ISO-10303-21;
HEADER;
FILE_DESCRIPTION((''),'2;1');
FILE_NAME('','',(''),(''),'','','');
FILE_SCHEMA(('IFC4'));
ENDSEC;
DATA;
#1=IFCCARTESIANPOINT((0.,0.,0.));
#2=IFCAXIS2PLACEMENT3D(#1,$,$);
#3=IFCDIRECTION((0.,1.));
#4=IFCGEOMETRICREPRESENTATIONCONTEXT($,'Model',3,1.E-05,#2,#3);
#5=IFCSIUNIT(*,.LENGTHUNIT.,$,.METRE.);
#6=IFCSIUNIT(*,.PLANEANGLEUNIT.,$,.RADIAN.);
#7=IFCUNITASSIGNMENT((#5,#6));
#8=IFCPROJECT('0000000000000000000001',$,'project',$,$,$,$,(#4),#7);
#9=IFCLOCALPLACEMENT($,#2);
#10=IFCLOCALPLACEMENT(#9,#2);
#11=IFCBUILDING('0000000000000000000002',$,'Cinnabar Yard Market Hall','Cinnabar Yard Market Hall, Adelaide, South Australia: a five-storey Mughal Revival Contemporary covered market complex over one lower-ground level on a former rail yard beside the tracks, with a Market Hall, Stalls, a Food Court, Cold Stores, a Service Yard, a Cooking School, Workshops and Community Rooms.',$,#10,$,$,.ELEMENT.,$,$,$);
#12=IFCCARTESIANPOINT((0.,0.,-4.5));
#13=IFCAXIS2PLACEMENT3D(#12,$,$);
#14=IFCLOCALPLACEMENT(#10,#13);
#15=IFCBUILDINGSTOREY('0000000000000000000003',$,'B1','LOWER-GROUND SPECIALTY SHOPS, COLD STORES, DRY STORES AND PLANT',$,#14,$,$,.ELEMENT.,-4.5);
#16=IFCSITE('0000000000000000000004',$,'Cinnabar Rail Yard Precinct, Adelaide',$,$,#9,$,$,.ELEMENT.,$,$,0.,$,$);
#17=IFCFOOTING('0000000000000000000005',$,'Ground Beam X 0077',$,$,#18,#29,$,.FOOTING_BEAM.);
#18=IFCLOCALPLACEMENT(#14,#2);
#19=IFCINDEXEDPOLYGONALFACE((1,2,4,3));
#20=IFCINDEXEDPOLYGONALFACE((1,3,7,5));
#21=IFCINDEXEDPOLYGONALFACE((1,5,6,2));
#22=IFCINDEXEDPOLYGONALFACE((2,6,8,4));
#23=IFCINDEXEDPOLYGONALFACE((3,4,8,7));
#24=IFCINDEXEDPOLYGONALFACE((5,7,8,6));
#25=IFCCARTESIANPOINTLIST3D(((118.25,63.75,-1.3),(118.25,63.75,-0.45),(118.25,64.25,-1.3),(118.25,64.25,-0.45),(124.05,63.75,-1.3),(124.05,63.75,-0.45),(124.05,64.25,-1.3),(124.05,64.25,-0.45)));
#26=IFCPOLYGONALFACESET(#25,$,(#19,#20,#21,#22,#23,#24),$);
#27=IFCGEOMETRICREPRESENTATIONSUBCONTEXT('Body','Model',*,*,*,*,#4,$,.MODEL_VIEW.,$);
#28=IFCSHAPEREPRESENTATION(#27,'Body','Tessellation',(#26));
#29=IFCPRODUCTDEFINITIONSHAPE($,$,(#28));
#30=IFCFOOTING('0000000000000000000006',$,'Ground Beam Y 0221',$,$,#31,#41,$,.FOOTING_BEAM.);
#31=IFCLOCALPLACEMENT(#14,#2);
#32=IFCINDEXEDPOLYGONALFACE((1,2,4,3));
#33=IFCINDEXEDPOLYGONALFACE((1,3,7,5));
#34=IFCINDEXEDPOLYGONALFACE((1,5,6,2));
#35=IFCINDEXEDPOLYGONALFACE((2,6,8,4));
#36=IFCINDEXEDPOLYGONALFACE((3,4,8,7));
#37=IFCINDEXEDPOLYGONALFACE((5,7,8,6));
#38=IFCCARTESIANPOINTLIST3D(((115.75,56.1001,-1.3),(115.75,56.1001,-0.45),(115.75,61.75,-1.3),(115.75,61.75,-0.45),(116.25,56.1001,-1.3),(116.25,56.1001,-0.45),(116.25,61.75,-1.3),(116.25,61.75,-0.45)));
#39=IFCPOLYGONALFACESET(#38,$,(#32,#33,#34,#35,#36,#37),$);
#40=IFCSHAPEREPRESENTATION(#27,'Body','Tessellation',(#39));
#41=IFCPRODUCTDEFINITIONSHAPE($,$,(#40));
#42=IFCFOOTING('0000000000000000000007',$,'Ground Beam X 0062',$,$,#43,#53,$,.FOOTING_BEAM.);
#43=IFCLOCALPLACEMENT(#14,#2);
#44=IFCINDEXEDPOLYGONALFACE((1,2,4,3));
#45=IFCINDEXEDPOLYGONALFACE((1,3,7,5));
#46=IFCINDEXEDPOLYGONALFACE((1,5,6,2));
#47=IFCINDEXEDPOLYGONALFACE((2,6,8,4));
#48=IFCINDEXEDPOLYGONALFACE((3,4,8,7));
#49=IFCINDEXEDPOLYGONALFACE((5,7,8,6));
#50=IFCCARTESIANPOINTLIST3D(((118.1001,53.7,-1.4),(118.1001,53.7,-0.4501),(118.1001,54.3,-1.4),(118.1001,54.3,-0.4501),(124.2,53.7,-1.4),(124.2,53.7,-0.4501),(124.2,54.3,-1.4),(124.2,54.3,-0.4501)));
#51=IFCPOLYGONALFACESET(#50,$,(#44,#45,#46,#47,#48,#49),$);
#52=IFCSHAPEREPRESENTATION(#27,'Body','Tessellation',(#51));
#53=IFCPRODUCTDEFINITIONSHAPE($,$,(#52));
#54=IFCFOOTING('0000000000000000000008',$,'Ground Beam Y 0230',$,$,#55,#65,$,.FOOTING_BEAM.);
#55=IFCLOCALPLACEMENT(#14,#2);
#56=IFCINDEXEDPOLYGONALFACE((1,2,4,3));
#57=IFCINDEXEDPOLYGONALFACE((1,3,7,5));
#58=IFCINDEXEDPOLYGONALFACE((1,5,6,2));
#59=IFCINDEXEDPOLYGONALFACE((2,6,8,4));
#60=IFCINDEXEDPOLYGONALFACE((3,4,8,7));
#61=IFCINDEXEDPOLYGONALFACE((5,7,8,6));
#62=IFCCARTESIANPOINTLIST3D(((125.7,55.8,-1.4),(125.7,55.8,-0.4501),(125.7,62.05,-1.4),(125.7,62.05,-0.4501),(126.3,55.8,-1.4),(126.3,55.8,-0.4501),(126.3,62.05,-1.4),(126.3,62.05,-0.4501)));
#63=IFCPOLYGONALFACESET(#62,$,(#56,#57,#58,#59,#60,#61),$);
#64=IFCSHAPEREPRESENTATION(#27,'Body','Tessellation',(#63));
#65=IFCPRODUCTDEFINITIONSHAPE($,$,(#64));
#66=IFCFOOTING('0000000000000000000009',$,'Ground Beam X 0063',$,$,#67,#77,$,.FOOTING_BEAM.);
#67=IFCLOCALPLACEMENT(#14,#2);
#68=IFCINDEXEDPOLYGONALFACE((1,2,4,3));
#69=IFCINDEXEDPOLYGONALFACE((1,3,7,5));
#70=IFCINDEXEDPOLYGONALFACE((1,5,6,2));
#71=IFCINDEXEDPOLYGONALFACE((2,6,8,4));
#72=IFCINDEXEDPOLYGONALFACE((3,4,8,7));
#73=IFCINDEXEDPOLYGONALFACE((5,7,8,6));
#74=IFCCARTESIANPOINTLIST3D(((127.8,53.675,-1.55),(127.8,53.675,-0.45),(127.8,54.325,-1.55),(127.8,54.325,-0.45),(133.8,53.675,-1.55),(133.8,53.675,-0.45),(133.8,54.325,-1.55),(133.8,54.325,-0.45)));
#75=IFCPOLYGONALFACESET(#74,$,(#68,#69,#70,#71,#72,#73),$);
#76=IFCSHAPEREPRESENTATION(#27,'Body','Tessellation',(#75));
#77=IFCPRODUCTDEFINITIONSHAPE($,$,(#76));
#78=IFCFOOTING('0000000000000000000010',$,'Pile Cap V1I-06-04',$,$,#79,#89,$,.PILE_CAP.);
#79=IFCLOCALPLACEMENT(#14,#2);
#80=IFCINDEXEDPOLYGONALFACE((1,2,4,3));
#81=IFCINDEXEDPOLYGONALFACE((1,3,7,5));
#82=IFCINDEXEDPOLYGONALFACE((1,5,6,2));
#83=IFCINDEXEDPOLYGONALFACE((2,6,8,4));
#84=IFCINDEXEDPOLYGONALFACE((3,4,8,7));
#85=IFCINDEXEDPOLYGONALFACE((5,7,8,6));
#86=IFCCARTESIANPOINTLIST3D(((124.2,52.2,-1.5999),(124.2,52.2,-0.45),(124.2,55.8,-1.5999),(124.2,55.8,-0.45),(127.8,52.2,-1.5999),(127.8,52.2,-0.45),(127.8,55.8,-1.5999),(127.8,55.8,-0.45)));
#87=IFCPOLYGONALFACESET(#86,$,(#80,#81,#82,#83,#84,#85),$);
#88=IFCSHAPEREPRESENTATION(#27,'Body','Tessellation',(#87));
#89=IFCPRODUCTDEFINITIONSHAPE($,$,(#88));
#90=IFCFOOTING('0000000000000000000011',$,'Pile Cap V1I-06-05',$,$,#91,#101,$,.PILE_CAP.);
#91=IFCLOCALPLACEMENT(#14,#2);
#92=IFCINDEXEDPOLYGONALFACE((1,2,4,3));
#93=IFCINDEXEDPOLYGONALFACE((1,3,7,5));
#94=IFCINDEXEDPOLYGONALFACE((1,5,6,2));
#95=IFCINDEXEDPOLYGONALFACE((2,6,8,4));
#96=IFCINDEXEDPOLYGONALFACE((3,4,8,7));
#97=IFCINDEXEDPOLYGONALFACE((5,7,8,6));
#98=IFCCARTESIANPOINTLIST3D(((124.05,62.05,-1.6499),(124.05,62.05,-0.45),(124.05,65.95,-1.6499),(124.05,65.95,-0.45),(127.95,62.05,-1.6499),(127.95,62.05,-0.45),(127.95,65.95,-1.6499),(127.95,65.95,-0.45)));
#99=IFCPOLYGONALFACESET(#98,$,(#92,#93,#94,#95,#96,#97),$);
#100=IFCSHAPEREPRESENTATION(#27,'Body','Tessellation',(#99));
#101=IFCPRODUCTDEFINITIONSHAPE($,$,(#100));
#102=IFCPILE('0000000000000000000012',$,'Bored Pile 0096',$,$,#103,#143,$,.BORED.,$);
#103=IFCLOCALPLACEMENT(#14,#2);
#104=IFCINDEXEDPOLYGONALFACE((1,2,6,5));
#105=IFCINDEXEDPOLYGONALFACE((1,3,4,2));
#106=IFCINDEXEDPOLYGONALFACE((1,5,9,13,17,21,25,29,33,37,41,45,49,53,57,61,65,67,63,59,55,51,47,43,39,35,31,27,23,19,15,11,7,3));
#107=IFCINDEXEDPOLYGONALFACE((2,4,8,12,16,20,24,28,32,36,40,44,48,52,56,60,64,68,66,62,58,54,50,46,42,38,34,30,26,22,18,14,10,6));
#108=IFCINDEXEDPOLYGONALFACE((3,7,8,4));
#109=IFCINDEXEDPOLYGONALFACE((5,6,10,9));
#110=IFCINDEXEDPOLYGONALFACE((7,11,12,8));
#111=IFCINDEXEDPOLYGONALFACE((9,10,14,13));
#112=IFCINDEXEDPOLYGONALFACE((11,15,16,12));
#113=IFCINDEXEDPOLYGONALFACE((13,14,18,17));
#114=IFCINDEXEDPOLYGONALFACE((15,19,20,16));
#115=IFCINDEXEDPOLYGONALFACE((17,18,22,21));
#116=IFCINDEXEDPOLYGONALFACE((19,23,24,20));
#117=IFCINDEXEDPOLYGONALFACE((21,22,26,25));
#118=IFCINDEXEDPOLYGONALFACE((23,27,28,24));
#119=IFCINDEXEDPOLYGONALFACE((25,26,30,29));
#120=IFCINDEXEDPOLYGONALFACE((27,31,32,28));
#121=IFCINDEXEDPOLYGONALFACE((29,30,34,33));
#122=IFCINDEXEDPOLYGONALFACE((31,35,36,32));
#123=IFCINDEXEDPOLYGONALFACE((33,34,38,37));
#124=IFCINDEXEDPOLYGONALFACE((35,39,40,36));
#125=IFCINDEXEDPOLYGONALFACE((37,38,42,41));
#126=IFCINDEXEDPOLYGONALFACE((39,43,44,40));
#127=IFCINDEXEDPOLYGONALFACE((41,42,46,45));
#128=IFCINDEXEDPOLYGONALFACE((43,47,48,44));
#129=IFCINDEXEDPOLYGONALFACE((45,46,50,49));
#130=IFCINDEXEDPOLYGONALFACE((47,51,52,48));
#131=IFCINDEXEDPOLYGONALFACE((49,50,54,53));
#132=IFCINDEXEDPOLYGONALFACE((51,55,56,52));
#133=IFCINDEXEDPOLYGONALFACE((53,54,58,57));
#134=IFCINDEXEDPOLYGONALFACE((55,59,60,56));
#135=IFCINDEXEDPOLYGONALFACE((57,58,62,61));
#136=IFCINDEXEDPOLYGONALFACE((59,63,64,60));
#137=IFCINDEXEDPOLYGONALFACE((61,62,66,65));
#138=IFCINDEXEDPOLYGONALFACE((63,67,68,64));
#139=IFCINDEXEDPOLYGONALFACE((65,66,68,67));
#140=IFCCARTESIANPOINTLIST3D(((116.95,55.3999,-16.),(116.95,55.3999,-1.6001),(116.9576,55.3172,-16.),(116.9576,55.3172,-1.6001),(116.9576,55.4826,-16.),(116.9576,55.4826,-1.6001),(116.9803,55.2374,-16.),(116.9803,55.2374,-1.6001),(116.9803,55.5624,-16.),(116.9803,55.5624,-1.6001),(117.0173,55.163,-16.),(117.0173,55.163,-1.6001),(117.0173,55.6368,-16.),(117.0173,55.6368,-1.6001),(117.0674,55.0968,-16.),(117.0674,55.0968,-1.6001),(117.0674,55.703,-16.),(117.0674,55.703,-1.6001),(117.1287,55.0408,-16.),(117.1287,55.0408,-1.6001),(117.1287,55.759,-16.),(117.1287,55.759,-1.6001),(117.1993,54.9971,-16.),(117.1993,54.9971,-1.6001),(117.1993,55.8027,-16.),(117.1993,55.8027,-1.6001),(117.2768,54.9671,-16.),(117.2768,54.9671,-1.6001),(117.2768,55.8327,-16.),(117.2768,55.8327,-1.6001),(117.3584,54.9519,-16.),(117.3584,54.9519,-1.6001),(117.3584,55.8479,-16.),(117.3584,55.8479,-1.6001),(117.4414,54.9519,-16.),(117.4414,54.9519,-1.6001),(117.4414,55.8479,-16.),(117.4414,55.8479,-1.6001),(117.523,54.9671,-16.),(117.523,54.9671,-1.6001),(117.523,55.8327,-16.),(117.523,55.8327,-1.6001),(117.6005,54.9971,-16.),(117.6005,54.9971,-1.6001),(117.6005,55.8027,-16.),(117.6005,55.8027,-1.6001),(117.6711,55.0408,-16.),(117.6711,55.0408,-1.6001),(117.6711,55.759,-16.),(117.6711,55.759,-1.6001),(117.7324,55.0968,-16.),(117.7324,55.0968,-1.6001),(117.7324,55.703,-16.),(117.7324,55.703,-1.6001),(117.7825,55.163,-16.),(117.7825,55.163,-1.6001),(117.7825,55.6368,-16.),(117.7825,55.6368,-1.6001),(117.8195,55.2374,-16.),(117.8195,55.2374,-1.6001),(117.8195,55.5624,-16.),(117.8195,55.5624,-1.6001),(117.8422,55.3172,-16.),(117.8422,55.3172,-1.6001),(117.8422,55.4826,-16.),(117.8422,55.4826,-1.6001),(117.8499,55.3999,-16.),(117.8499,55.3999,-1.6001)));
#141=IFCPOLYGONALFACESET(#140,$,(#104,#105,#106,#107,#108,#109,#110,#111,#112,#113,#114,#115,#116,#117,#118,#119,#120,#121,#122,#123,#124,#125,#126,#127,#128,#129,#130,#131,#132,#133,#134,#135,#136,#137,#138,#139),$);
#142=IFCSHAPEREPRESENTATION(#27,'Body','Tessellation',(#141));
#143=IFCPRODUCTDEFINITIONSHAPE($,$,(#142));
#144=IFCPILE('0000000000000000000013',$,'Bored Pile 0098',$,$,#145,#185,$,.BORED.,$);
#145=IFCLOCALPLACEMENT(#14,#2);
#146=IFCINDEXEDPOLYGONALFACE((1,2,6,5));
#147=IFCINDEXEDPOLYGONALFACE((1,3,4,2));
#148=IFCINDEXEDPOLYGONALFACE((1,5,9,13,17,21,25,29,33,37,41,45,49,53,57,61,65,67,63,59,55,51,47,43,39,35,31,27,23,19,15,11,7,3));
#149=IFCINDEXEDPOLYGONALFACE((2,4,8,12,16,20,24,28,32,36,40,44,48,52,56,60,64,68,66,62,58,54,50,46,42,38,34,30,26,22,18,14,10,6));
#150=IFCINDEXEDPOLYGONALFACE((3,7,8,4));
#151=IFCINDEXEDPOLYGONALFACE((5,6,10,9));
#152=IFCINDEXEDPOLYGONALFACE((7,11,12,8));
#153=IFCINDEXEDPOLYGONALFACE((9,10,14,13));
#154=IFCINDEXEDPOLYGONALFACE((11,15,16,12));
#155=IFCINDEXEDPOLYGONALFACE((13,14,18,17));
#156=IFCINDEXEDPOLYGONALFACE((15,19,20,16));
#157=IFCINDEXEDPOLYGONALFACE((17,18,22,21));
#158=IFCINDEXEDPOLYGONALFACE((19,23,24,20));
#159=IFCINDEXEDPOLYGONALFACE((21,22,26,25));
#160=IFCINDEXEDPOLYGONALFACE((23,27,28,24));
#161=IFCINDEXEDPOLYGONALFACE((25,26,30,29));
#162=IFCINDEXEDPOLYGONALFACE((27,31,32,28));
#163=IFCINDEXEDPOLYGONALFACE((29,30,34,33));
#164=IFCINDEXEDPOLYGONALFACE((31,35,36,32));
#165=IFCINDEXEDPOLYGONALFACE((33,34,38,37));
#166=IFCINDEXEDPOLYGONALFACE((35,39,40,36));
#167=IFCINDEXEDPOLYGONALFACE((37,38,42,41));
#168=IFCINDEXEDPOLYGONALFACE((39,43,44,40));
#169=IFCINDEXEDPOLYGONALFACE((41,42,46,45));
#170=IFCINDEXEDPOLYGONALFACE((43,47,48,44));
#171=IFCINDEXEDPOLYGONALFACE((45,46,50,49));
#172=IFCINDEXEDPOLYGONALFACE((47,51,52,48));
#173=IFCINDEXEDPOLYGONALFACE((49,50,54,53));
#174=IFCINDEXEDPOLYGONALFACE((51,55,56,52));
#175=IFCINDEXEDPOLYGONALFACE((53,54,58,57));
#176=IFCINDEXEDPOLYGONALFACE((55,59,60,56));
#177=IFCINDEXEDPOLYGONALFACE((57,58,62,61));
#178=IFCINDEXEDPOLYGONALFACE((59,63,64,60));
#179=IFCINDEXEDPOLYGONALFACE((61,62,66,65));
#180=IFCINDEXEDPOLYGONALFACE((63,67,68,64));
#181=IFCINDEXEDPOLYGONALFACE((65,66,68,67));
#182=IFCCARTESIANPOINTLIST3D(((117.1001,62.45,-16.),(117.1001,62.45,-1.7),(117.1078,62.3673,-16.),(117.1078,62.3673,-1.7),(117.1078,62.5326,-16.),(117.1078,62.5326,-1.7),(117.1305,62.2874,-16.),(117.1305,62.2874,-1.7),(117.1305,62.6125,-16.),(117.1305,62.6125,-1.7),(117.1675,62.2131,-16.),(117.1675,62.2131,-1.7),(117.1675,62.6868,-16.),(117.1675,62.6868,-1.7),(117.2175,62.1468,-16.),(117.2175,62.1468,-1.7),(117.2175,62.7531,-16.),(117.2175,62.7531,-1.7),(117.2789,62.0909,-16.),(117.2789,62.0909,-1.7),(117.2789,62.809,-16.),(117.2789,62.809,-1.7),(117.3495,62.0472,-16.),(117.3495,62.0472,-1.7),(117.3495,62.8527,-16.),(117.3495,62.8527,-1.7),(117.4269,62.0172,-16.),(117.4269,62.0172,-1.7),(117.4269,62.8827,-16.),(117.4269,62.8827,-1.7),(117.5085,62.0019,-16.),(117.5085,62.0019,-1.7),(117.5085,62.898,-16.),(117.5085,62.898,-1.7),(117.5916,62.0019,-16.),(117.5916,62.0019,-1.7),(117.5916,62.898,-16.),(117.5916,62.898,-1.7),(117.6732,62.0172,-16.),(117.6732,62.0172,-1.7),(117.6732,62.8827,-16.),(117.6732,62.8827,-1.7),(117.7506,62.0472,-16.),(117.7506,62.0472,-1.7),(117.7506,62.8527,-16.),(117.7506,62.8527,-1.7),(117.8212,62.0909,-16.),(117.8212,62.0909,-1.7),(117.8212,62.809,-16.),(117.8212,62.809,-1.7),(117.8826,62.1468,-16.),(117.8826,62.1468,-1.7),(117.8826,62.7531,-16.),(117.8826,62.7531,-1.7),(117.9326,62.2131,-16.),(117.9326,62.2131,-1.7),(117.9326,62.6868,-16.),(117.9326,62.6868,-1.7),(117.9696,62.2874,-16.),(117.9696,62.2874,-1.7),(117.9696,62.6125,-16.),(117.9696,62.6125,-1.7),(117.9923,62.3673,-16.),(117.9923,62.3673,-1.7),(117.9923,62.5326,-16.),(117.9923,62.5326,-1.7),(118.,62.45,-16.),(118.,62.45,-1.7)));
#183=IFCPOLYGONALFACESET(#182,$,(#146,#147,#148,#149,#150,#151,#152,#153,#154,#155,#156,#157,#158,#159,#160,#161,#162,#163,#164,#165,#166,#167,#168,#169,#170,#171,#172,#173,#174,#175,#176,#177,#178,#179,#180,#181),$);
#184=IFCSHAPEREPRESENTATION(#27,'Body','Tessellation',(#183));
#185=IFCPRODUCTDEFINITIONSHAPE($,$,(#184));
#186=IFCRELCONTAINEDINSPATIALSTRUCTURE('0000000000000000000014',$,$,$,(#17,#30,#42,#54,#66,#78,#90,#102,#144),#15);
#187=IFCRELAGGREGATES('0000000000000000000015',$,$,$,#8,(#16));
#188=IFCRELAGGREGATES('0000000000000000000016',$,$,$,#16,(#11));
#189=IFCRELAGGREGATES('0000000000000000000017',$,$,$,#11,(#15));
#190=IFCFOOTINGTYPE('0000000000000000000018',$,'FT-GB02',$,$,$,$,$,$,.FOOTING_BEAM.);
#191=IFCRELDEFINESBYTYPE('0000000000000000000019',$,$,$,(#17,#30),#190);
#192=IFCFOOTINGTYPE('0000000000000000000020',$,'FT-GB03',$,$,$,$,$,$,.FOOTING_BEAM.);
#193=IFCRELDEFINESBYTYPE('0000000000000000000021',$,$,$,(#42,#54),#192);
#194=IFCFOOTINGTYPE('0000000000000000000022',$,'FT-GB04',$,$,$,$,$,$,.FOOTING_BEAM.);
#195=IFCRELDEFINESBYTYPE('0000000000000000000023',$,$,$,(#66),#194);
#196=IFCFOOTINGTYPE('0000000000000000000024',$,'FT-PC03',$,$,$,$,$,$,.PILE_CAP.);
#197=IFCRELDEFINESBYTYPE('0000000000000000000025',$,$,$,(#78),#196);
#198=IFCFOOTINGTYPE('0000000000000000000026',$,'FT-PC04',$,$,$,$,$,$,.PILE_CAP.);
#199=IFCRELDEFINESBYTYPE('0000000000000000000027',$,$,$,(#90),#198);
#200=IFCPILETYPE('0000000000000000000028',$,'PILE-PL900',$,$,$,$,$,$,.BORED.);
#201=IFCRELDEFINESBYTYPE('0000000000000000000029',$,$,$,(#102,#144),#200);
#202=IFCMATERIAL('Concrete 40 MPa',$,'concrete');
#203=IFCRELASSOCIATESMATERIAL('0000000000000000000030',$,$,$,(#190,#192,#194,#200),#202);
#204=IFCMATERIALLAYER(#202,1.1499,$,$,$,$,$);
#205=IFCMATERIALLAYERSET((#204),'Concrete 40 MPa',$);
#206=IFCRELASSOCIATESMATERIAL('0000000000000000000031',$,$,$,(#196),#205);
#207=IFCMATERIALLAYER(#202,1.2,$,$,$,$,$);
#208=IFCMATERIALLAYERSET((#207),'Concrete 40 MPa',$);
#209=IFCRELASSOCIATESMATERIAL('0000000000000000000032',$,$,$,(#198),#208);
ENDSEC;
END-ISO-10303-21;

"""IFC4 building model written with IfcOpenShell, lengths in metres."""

from ifc_helpers import new_model, si_unit, direction, frame, origin, origin_2d_with_axis, place, context, subcontext, project, spatial, rectangle, circle, extrude, material, layer, layer_set, material_profile, profile_set, type_object, element, save


model = new_model("IFC4")

# Units and contexts
model_context = context("Model", 3, precision=1e-05, world=origin(), true_north=direction((0.0, 1.0)))
body_context = subcontext(model_context, "Body", "Model", "MODEL_VIEW")
ifc_project = project(units=[si_unit("LENGTHUNIT", "METRE"), si_unit("PLANEANGLEUNIT", "RADIAN")], contexts=[model_context])

# Site, building, storey
site_placement = place(None, origin())
site = spatial("IfcSite", under=ifc_project, at=site_placement, Name="Cinnabar Rail Yard Precinct, Adelaide", CompositionType="ELEMENT", RefElevation=0.0)
building_placement = place(site_placement, origin())
building = spatial("IfcBuilding", under=site, at=building_placement, Name="Cinnabar Yard Market Hall", Description="Cinnabar Yard Market Hall, Adelaide, South Australia: a five-storey Mughal Revival Contemporary covered market complex over one lower-ground level on a former rail yard beside the tracks, with a Market Hall, Stalls, a Food Court, Cold Stores, a Service Yard, a Cooking School, Workshops and Community Rooms.", CompositionType="ELEMENT")
storey_placement = place(building_placement, frame((0.0, 0.0, -4.5)))
storey = spatial("IfcBuildingStorey", under=building, at=storey_placement, Name="B1", Description="LOWER-GROUND SPECIALTY SHOPS, COLD STORES, DRY STORES AND PLANT", CompositionType="ELEMENT", Elevation=-4.5)

# Footings
ifc_material_1 = material(Name="Concrete 40 MPa", Category="concrete")
ifc_material_profile_1 = material_profile(ifc_material_1, rectangle(XDim=0.5, YDim=0.8501, at=origin_2d_with_axis()), Name="GB-500x850")
ifc_profile_set_1 = profile_set([ifc_material_profile_1], Name="Concrete 40 MPa")
footing_type_1 = type_object("IfcFootingType", Name="FT-GB02", PredefinedType="FOOTING_BEAM", material=ifc_profile_set_1)
footing_1_placement = place(storey_placement, frame((118.25, 64.0, -0.875), z_axis=(1.0, 0.0, 0.0), x_axis=(0.0, 1.0, 0.0)))
element("IfcFooting", 1, at=footing_1_placement, inside=storey, type_object=footing_type_1, Name="Ground Beam X 0077", PredefinedType="FOOTING_BEAM", context=body_context, shape_type="SweptSolid", body=[
    extrude(rectangle(XDim=0.5, YDim=0.8501, at=origin_2d_with_axis()), origin(), (0.0, 0.0, 1.0), 5.8),
])
footing_2_placement = place(storey_placement, frame((116.0, 56.1001, -0.875), z_axis=(0.0, 1.0, 0.0), x_axis=(-1.0, 0.0, 0.0)))
element("IfcFooting", 2, at=footing_2_placement, inside=storey, type_object=footing_type_1, Name="Ground Beam Y 0221", PredefinedType="FOOTING_BEAM", context=body_context, shape_type="SweptSolid", body=[
    extrude(rectangle(XDim=0.5, YDim=0.8501, at=origin_2d_with_axis()), origin(), (0.0, 0.0, 1.0), 5.6499),
])
ifc_material_profile_2 = material_profile(ifc_material_1, rectangle(XDim=0.6001, YDim=0.95, at=origin_2d_with_axis()), Name="GB-600x950")
ifc_profile_set_2 = profile_set([ifc_material_profile_2], Name="Concrete 40 MPa")
footing_type_2 = type_object("IfcFootingType", Name="FT-GB03", PredefinedType="FOOTING_BEAM", material=ifc_profile_set_2)
footing_3_placement = place(storey_placement, frame((118.1001, 54.0, -0.925), z_axis=(1.0, 0.0, 0.0), x_axis=(0.0, 1.0, 0.0)))
element("IfcFooting", 3, at=footing_3_placement, inside=storey, type_object=footing_type_2, Name="Ground Beam X 0062", PredefinedType="FOOTING_BEAM", context=body_context, shape_type="SweptSolid", body=[
    extrude(rectangle(XDim=0.6001, YDim=0.95, at=origin_2d_with_axis()), origin(), (0.0, 0.0, 1.0), 6.0999),
])
footing_4_placement = place(storey_placement, frame((126.0, 55.8, -0.925), z_axis=(0.0, 1.0, 0.0), x_axis=(-1.0, 0.0, 0.0)))
element("IfcFooting", 4, at=footing_4_placement, inside=storey, type_object=footing_type_2, Name="Ground Beam Y 0230", PredefinedType="FOOTING_BEAM", context=body_context, shape_type="SweptSolid", body=[
    extrude(rectangle(XDim=0.6001, YDim=0.95, at=origin_2d_with_axis()), origin(), (0.0, 0.0, 1.0), 6.25),
])
ifc_material_profile_3 = material_profile(ifc_material_1, rectangle(XDim=0.6499, YDim=1.1001, at=origin_2d_with_axis()), Name="GB-650x1100")
ifc_profile_set_3 = profile_set([ifc_material_profile_3], Name="Concrete 40 MPa")
footing_type_3 = type_object("IfcFootingType", Name="FT-GB04", PredefinedType="FOOTING_BEAM", material=ifc_profile_set_3)
footing_5_placement = place(storey_placement, frame((127.8, 54.0, -1.0), z_axis=(1.0, 0.0, 0.0), x_axis=(0.0, 1.0, 0.0)))
element("IfcFooting", 5, at=footing_5_placement, inside=storey, type_object=footing_type_3, Name="Ground Beam X 0063", PredefinedType="FOOTING_BEAM", context=body_context, shape_type="SweptSolid", body=[
    extrude(rectangle(XDim=0.6499, YDim=1.1001, at=origin_2d_with_axis()), origin(), (0.0, 0.0, 1.0), 6.0),
])
ifc_layer_1 = layer(ifc_material_1, 1.1499)
ifc_layer_set_1 = layer_set([ifc_layer_1], Name="Concrete 40 MPa")
footing_type_4 = type_object("IfcFootingType", Name="FT-PC03", PredefinedType="PILE_CAP", material=ifc_layer_set_1)
footing_6_placement = place(storey_placement, frame((126.0, 54.0, -1.5999), z_axis=(0.0, 0.0, 1.0), x_axis=(1.0, 0.0, 0.0)))
element("IfcFooting", 6, at=footing_6_placement, inside=storey, type_object=footing_type_4, Name="Pile Cap V1I-06-04", PredefinedType="PILE_CAP", context=body_context, shape_type="SweptSolid", body=[
    extrude(rectangle(XDim=3.6001, YDim=3.6001, at=origin_2d_with_axis()), origin(), (0.0, 0.0, 1.0), 1.1499),
])
ifc_layer_2 = layer(ifc_material_1, 1.2)
ifc_layer_set_2 = layer_set([ifc_layer_2], Name="Concrete 40 MPa")
footing_type_5 = type_object("IfcFootingType", Name="FT-PC04", PredefinedType="PILE_CAP", material=ifc_layer_set_2)
footing_7_placement = place(storey_placement, frame((126.0, 64.0, -1.6499), z_axis=(0.0, 0.0, 1.0), x_axis=(1.0, 0.0, 0.0)))
element("IfcFooting", 7, at=footing_7_placement, inside=storey, type_object=footing_type_5, Name="Pile Cap V1I-06-05", PredefinedType="PILE_CAP", context=body_context, shape_type="SweptSolid", body=[
    extrude(rectangle(XDim=3.8999, YDim=3.8999, at=origin_2d_with_axis()), origin(), (0.0, 0.0, 1.0), 1.2),
])

# Piles
ifc_material_profile_4 = material_profile(ifc_material_1, circle(Radius=0.45, at=origin_2d_with_axis()), Name="PILE-D900")
ifc_profile_set_4 = profile_set([ifc_material_profile_4], Name="Concrete 40 MPa")
pile_type = type_object("IfcPileType", Name="PILE-PL900", PredefinedType="BORED", material=ifc_profile_set_4)
pile_1_placement = place(storey_placement, frame((117.3999, 55.3999, -1.6001), z_axis=(0.0, 0.0, -1.0), x_axis=(1.0, 0.0, 0.0)))
element("IfcPile", 8, at=pile_1_placement, inside=storey, type_object=pile_type, Name="Bored Pile 0096", PredefinedType="BORED", context=body_context, shape_type="SweptSolid", body=[
    extrude(circle(Radius=0.45, at=origin_2d_with_axis()), origin(), (0.0, 0.0, 1.0), 14.3999),
])
pile_2_placement = place(storey_placement, frame((117.55, 62.45, -1.7), z_axis=(0.0, 0.0, -1.0), x_axis=(1.0, 0.0, 0.0)))
element("IfcPile", 9, at=pile_2_placement, inside=storey, type_object=pile_type, Name="Bored Pile 0098", PredefinedType="BORED", context=body_context, shape_type="SweptSolid", body=[
    extrude(circle(Radius=0.45, at=origin_2d_with_axis()), origin(), (0.0, 0.0, 1.0), 14.3),
])

save(model, "model.ifc")
